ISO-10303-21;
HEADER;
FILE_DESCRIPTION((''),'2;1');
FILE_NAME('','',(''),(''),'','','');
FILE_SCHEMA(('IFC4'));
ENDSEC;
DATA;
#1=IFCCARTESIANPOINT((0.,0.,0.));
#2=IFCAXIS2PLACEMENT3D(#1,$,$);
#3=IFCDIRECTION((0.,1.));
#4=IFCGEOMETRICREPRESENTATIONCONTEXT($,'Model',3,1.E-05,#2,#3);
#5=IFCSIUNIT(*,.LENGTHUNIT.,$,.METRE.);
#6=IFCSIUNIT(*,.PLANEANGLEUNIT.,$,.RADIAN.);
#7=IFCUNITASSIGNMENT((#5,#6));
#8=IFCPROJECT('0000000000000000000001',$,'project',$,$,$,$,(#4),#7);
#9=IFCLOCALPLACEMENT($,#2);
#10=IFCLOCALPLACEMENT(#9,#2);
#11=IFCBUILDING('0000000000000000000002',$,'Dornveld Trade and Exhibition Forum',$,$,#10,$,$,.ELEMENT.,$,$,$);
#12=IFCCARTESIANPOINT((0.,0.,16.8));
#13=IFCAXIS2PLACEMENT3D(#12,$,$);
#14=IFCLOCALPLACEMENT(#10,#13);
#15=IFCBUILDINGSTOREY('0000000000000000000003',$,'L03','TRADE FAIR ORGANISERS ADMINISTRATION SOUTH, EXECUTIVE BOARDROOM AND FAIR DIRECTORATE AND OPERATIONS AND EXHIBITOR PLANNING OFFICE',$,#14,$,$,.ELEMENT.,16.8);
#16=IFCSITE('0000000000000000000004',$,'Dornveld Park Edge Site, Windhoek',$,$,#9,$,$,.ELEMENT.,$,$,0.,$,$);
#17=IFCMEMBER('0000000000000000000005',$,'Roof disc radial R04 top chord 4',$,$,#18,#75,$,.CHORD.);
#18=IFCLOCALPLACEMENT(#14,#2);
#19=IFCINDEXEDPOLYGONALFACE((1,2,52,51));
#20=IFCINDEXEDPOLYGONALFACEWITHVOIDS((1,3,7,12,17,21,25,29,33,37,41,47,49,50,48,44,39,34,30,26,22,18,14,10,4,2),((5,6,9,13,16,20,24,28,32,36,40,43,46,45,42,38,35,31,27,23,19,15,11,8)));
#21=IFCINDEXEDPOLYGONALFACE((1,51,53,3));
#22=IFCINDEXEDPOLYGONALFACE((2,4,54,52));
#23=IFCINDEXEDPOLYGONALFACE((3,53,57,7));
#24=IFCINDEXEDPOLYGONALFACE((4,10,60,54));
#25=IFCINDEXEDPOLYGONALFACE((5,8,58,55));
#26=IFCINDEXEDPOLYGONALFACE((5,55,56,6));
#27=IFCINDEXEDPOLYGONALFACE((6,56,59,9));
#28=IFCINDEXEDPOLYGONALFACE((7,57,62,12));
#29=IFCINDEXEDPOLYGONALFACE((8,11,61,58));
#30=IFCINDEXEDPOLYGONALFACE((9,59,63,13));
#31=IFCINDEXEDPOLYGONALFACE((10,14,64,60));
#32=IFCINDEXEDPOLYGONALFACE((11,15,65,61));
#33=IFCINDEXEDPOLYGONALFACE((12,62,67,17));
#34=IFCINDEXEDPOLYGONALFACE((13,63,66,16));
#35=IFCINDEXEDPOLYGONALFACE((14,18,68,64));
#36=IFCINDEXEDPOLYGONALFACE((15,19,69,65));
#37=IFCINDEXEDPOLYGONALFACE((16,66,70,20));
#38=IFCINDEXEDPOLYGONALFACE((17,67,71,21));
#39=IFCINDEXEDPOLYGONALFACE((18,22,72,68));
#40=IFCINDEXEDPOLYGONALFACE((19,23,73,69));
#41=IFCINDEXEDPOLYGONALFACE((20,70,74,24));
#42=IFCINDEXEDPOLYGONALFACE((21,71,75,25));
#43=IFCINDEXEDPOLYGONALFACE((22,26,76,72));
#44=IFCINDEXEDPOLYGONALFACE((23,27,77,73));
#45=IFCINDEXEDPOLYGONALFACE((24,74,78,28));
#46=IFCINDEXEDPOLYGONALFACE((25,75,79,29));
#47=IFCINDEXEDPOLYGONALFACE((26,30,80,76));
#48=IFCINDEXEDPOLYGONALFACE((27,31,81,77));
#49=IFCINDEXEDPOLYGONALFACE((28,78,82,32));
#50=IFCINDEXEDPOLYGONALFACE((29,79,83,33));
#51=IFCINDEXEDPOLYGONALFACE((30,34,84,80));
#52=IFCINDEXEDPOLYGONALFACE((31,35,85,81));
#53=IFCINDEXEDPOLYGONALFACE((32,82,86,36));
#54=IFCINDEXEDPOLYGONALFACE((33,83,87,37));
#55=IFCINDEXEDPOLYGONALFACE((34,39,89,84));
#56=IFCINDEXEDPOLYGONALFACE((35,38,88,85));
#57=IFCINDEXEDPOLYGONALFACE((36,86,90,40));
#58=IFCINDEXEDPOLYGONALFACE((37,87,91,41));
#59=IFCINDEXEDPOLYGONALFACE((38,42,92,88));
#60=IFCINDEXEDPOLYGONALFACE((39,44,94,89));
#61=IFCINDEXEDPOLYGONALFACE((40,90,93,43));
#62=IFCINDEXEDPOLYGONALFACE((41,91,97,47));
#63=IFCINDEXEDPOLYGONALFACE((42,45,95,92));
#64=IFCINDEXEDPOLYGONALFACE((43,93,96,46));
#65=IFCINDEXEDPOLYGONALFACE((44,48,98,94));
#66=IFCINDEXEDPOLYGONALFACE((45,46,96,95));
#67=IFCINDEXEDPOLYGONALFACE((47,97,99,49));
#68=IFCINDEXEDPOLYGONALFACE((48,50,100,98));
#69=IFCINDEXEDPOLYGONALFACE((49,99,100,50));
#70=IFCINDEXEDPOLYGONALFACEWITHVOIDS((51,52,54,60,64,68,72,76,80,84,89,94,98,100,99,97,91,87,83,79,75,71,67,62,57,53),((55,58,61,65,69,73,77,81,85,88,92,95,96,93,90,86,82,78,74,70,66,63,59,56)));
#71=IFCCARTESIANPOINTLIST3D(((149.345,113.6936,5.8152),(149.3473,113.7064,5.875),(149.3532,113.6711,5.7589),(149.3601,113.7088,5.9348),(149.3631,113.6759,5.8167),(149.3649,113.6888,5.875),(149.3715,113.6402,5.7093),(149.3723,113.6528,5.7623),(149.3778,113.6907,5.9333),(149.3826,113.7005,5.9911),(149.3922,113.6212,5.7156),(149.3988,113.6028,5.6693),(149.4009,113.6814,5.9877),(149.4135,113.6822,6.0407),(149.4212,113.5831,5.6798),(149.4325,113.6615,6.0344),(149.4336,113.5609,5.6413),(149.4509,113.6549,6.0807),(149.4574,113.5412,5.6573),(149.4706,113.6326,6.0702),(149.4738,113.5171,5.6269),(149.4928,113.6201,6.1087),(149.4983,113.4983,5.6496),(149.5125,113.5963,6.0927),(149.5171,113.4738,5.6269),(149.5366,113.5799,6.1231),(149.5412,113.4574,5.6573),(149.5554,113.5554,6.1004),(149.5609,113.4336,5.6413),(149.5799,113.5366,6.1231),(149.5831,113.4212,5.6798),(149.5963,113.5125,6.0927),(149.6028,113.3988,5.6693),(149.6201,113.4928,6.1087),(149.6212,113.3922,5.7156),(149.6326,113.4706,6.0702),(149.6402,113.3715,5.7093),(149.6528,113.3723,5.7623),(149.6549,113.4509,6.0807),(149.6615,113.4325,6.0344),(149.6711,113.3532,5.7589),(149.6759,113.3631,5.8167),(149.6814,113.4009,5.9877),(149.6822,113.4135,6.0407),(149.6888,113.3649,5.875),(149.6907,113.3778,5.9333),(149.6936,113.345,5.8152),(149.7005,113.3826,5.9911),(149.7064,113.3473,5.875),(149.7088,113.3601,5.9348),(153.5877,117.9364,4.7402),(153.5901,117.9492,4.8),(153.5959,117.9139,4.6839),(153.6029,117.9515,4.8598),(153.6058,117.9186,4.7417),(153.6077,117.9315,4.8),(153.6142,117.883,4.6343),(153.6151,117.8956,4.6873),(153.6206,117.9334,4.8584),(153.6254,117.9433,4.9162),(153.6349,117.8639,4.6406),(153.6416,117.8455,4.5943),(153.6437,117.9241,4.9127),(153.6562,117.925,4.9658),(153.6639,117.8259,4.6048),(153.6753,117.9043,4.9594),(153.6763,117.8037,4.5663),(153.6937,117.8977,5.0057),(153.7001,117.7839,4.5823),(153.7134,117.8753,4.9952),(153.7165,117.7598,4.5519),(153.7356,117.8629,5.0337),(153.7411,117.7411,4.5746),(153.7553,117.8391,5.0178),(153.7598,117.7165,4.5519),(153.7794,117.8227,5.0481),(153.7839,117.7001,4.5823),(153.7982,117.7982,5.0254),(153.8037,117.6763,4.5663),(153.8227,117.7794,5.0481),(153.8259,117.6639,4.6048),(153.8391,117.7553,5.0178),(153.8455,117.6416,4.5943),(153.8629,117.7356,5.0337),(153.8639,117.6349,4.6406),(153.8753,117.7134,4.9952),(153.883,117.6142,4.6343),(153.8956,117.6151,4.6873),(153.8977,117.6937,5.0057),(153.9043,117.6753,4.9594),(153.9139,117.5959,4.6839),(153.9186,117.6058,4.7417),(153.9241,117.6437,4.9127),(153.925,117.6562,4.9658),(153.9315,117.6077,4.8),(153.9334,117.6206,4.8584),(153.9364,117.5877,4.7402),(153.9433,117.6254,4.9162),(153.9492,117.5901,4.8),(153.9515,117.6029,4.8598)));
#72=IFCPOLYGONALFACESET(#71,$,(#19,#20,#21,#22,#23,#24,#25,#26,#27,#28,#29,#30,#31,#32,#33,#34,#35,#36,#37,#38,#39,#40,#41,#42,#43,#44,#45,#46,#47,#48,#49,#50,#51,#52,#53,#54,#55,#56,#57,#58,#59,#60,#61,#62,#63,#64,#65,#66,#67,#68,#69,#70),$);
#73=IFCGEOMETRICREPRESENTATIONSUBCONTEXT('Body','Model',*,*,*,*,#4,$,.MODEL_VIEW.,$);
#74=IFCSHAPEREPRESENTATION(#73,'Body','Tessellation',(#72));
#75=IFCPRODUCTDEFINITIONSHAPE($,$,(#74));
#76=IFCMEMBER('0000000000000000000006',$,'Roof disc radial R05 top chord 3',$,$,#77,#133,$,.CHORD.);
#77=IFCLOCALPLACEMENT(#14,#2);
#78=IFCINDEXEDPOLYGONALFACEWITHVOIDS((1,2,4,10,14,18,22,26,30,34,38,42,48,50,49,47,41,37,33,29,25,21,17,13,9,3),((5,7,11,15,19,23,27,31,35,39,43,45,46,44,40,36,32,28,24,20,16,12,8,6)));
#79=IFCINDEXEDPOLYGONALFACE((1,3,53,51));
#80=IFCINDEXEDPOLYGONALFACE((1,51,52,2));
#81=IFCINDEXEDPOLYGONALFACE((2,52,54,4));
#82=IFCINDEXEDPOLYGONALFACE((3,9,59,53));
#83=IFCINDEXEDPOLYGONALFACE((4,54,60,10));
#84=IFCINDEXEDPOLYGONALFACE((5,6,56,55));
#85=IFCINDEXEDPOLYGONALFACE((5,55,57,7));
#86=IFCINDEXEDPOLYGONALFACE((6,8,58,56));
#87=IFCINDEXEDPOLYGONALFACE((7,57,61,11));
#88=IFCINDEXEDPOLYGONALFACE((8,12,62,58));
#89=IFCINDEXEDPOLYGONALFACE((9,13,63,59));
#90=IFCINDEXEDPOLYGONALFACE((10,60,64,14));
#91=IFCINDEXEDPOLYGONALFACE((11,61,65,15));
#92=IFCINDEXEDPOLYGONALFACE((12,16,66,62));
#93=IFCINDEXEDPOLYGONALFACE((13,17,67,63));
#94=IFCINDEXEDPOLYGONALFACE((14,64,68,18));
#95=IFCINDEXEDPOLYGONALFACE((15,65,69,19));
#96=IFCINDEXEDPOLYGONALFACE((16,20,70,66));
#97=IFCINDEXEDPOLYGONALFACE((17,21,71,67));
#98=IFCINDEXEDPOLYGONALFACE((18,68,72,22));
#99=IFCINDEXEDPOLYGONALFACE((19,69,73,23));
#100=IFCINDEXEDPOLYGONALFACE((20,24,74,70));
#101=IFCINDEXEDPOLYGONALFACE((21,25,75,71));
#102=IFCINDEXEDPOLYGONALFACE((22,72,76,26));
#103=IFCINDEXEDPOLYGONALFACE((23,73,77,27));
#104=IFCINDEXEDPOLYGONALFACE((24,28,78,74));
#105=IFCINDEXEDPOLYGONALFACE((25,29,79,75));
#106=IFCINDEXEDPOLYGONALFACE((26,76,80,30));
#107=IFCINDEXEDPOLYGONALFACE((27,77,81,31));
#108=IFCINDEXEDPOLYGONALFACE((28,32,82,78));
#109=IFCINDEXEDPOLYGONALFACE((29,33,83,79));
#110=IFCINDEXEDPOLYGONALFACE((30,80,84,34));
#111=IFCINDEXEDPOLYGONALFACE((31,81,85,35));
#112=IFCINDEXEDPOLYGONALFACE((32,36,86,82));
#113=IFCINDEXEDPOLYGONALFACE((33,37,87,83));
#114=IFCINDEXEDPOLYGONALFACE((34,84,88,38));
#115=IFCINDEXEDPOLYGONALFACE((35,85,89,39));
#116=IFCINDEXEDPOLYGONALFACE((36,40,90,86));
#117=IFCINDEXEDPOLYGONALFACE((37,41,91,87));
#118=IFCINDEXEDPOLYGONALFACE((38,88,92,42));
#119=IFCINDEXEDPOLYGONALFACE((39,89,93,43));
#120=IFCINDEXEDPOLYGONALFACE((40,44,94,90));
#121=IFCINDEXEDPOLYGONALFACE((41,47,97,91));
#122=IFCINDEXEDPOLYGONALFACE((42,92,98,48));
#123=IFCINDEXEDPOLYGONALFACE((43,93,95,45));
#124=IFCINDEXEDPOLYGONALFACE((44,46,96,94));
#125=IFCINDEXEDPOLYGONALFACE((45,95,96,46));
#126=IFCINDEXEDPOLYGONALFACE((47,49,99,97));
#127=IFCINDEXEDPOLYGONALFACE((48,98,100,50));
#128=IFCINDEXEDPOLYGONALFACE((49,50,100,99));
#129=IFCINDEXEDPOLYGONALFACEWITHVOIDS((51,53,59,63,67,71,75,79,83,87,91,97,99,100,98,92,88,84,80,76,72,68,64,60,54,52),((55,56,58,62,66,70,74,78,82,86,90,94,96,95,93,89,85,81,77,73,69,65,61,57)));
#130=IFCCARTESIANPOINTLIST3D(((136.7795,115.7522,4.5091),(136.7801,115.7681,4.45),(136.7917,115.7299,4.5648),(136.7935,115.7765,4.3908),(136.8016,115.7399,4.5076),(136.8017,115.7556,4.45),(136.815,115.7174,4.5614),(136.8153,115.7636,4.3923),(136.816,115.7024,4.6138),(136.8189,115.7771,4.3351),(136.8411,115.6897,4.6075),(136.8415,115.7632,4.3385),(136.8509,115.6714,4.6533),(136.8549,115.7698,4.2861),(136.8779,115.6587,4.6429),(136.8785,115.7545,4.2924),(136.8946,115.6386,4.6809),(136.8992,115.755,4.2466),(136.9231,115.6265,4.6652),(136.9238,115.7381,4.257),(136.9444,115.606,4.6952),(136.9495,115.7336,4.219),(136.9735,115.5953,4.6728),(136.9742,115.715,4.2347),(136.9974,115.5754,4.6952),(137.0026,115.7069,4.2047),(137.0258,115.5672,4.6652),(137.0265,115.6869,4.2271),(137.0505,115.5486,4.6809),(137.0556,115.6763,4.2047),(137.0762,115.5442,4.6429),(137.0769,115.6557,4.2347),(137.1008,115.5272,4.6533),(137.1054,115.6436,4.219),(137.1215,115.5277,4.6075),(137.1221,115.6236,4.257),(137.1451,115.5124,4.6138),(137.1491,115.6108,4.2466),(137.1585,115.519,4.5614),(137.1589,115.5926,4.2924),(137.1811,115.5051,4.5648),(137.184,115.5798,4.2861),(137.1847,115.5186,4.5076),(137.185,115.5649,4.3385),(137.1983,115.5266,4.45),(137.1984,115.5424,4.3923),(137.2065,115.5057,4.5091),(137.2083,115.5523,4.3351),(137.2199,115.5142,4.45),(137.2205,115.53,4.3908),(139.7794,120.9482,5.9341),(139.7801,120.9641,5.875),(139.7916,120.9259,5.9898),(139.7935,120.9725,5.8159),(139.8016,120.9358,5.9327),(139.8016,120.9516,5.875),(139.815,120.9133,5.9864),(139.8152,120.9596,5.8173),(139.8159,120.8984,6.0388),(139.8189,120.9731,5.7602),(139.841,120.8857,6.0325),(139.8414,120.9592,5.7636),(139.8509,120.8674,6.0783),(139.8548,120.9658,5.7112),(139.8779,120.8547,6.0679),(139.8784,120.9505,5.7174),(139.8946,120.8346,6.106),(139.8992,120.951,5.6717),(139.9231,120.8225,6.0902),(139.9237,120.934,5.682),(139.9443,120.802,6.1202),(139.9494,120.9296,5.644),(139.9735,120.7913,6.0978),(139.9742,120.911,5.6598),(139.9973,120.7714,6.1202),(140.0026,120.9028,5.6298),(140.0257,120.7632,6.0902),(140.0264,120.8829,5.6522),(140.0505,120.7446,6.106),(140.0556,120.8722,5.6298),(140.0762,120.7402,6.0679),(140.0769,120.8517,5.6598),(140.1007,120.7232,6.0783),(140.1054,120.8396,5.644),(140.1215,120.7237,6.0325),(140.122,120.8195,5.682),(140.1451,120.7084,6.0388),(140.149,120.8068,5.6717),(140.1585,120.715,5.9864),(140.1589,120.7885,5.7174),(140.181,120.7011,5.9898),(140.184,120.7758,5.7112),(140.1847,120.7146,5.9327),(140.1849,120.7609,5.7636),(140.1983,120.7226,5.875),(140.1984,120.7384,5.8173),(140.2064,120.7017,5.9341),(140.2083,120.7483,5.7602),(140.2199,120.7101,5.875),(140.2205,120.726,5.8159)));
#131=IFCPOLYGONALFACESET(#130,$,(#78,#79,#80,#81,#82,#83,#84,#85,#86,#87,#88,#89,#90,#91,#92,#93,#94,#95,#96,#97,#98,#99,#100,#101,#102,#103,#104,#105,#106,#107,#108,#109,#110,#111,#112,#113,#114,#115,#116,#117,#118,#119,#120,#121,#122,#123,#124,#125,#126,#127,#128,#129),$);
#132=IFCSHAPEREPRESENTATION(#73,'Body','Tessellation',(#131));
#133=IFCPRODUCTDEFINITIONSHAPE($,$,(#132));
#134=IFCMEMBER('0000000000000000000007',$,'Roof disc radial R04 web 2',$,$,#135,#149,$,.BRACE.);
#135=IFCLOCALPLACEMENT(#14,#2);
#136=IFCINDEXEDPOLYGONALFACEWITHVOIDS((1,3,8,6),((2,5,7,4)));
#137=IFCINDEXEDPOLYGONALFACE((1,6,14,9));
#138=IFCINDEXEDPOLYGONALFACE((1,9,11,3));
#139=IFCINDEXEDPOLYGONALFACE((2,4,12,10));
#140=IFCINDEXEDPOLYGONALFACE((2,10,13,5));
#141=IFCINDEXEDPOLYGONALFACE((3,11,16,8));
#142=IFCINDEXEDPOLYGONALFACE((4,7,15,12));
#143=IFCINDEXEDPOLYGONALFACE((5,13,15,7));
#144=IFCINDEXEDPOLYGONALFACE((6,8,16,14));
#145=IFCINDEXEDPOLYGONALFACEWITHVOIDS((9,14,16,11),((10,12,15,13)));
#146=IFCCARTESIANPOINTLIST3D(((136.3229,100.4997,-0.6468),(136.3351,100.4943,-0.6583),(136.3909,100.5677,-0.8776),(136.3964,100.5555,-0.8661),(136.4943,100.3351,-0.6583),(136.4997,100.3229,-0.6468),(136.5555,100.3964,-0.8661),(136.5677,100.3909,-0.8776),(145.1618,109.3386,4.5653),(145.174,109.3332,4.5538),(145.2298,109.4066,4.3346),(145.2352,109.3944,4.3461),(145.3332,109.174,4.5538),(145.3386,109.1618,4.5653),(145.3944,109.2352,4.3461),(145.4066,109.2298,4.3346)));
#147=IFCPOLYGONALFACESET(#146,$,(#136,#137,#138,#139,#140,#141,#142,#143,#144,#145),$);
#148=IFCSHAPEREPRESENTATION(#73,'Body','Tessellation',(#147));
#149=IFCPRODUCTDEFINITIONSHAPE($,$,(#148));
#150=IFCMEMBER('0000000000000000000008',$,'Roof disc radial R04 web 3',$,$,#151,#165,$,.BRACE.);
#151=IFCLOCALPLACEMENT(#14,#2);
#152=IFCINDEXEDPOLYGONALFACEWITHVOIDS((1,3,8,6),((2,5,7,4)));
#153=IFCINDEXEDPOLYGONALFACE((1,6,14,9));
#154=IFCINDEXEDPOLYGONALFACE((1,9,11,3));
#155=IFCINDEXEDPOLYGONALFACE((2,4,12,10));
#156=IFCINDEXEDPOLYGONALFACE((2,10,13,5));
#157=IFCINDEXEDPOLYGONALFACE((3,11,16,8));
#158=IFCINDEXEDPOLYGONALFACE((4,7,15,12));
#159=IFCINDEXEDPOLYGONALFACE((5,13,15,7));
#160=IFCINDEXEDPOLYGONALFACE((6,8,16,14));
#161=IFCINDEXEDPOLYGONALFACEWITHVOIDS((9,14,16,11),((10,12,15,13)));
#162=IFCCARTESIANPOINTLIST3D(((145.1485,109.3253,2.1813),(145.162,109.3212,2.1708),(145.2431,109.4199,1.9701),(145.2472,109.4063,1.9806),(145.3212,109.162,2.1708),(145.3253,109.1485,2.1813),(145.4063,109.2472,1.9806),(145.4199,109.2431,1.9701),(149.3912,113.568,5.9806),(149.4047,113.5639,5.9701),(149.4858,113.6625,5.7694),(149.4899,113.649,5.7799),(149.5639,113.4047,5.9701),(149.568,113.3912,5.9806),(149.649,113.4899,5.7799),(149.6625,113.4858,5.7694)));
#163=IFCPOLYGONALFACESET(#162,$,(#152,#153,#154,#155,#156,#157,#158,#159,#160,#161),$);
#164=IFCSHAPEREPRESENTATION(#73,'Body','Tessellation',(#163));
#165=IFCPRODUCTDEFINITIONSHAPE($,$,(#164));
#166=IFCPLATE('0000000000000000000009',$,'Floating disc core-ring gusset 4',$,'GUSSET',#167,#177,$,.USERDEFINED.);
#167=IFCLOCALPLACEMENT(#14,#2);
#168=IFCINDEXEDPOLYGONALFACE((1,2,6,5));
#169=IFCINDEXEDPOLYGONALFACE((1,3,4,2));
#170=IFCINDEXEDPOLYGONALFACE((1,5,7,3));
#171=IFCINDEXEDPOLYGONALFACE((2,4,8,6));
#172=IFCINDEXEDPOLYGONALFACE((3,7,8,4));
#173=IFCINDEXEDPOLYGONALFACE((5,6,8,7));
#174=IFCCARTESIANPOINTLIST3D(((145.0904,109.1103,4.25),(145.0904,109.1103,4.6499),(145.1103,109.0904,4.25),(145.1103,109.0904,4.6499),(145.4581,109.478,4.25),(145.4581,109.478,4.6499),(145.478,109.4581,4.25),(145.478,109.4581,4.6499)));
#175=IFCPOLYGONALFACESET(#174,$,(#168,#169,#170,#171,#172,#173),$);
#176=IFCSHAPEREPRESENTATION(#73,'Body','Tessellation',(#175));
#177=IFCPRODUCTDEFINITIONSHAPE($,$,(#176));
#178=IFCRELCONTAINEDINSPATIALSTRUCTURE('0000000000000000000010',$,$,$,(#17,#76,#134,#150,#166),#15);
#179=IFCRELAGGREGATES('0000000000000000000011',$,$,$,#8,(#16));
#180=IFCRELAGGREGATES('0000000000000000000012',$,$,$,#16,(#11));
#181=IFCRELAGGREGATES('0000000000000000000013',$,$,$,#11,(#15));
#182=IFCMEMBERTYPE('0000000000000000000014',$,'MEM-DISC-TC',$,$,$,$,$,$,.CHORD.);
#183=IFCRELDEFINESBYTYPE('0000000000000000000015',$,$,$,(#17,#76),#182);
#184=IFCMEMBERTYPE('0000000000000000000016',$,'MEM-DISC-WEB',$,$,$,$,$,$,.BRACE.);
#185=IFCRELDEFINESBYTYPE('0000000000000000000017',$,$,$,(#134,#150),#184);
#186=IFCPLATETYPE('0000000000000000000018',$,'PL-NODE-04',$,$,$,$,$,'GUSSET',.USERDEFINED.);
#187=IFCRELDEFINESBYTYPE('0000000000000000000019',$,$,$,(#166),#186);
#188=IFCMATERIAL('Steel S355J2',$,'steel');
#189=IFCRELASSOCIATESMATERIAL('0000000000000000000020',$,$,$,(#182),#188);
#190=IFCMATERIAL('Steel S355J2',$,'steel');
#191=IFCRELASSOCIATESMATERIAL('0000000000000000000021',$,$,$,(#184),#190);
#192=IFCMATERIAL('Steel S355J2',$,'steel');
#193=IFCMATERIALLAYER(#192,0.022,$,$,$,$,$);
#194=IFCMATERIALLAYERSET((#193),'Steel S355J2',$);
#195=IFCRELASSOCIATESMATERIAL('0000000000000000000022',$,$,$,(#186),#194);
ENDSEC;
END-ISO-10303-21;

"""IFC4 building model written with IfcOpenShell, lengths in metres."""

from ifc_helpers import new_model, si_unit, direction, frame, origin, origin_2d, place, context, subcontext, project, spatial, rectangle, hollow_rectangle, hollow_circle, extrude, material, layer, layer_set, material_profile, profile_set, type_object, element, save


model = new_model("IFC4")

# Units and contexts
model_context = context("Model", 3, precision=1e-05, world=origin(), true_north=direction((0.0, 1.0)))
body_context = subcontext(model_context, "Body", "Model", "MODEL_VIEW")
ifc_project = project(units=[si_unit("LENGTHUNIT", "METRE"), si_unit("PLANEANGLEUNIT", "RADIAN")], contexts=[model_context])

# Site, building, storey
site_placement = place(None, origin())
site = spatial("IfcSite", under=ifc_project, at=site_placement, Name="Dornveld Park Edge Site, Windhoek", CompositionType="ELEMENT", RefElevation=0.0)
building_placement = place(site_placement, origin())
building = spatial("IfcBuilding", under=site, at=building_placement, Name="Dornveld Trade and Exhibition Forum", CompositionType="ELEMENT")
storey_placement = place(building_placement, frame((0.0, 0.0, 16.8)))
storey = spatial("IfcBuildingStorey", under=building, at=storey_placement, Name="L03", Description="TRADE FAIR ORGANISERS ADMINISTRATION SOUTH, EXECUTIVE BOARDROOM AND FAIR DIRECTORATE AND OPERATIONS AND EXHIBITOR PLANNING OFFICE", CompositionType="ELEMENT", Elevation=16.8)

# Members
ifc_material_1 = material(Name="Steel S355J2", Category="steel")
ifc_material_profile_1 = material_profile(ifc_material_1, hollow_circle(Radius=0.2539, WallThickness=0.0249, at=origin_2d()), Name="CHS 508x25")
ifc_profile_set_1 = profile_set([ifc_material_profile_1], Name="Steel S355J2")
member_type_1 = type_object("IfcMemberType", Name="MEM-DISC-TC", PredefinedType="CHORD", material=ifc_profile_set_1)
member_1_placement = place(storey_placement, frame((149.5269, 113.5269, 5.875), z_axis=(0.696025, 0.696025, -0.176349), x_axis=(-0.707107, 0.707107, 0.0)))
element("IfcMember", 1, at=member_1_placement, inside=storey, type_object=member_type_1, Name="Roof disc radial R04 top chord 4", PredefinedType="CHORD", context=body_context, shape_type="SweptSolid", body=[
    extrude(hollow_circle(Radius=0.2539, WallThickness=0.0249, at=origin_2d()), origin(), (0.0, 0.0, 1.0), 6.0957),
])
member_2_placement = place(storey_placement, frame((137.0, 115.6411, 4.45), z_axis=(0.486475, 0.842581, 0.231083), x_axis=(-0.866021, 0.500008, 0.0)))
element("IfcMember", 2, at=member_2_placement, inside=storey, type_object=member_type_1, Name="Roof disc radial R05 top chord 3", PredefinedType="CHORD", context=body_context, shape_type="SweptSolid", body=[
    extrude(hollow_circle(Radius=0.2539, WallThickness=0.0249, at=origin_2d()), origin(), (0.0, 0.0, 1.0), 6.1667),
])
ifc_material_2 = material(Name="Steel S355J2", Category="steel")
ifc_material_profile_2 = material_profile(ifc_material_2, hollow_rectangle(XDim=0.25, YDim=0.25, WallThickness=0.0125, at=origin_2d()), Name="SHS 250x250x12.5")
ifc_profile_set_2 = profile_set([ifc_material_profile_2], Name="Steel S355J2")
member_type_2 = type_object("IfcMemberType", Name="MEM-DISC-WEB", PredefinedType="BRACE", material=ifc_profile_set_2)
member_3_placement = place(storey_placement, frame((136.4453, 100.4453, -0.7622), z_axis=(0.652643, 0.652643, 0.384855), x_axis=(-0.707107, 0.707107, 0.0)))
element("IfcMember", 3, at=member_3_placement, inside=storey, type_object=member_type_2, Name="Roof disc radial R04 web 2", PredefinedType="BRACE", context=body_context, shape_type="SweptSolid", body=[
    extrude(hollow_rectangle(XDim=0.25, YDim=0.25, WallThickness=0.0125, at=origin_2d()), origin(), (0.0, 0.0, 1.0), 13.5432),
])
member_4_placement = place(storey_placement, frame((145.2842, 109.2842, 2.0757), z_axis=(0.597409, 0.597409, 0.53498), x_axis=(-0.707107, 0.707107, 0.0)))
element("IfcMember", 4, at=member_4_placement, inside=storey, type_object=member_type_2, Name="Roof disc radial R04 web 3", PredefinedType="BRACE", context=body_context, shape_type="SweptSolid", body=[
    extrude(hollow_rectangle(XDim=0.25, YDim=0.25, WallThickness=0.0125, at=origin_2d()), origin(), (0.0, 0.0, 1.0), 7.1018),
])

# Plate
ifc_material_3 = material(Name="Steel S355J2", Category="steel")
ifc_layer_1 = layer(ifc_material_3, 0.022)
ifc_layer_set_1 = layer_set([ifc_layer_1], Name="Steel S355J2")
plate_type = type_object("IfcPlateType", Name="PL-NODE-04", ElementType="GUSSET", PredefinedType="USERDEFINED", material=ifc_layer_set_1)
plate_placement = place(storey_placement, frame((145.2842, 109.2842, 4.25), z_axis=(0.0, 0.0, 1.0), x_axis=(0.707107, 0.707107, 0.0)))
element("IfcPlate", 5, at=plate_placement, inside=storey, type_object=plate_type, Name="Floating disc core-ring gusset 4", ObjectType="GUSSET", PredefinedType="USERDEFINED", context=body_context, shape_type="SweptSolid", body=[
    extrude(rectangle(XDim=0.52, YDim=0.0281, at=origin_2d()), origin(), (0.0, 0.0, 1.0), 0.3999),
])

save(model, "model.ifc")
